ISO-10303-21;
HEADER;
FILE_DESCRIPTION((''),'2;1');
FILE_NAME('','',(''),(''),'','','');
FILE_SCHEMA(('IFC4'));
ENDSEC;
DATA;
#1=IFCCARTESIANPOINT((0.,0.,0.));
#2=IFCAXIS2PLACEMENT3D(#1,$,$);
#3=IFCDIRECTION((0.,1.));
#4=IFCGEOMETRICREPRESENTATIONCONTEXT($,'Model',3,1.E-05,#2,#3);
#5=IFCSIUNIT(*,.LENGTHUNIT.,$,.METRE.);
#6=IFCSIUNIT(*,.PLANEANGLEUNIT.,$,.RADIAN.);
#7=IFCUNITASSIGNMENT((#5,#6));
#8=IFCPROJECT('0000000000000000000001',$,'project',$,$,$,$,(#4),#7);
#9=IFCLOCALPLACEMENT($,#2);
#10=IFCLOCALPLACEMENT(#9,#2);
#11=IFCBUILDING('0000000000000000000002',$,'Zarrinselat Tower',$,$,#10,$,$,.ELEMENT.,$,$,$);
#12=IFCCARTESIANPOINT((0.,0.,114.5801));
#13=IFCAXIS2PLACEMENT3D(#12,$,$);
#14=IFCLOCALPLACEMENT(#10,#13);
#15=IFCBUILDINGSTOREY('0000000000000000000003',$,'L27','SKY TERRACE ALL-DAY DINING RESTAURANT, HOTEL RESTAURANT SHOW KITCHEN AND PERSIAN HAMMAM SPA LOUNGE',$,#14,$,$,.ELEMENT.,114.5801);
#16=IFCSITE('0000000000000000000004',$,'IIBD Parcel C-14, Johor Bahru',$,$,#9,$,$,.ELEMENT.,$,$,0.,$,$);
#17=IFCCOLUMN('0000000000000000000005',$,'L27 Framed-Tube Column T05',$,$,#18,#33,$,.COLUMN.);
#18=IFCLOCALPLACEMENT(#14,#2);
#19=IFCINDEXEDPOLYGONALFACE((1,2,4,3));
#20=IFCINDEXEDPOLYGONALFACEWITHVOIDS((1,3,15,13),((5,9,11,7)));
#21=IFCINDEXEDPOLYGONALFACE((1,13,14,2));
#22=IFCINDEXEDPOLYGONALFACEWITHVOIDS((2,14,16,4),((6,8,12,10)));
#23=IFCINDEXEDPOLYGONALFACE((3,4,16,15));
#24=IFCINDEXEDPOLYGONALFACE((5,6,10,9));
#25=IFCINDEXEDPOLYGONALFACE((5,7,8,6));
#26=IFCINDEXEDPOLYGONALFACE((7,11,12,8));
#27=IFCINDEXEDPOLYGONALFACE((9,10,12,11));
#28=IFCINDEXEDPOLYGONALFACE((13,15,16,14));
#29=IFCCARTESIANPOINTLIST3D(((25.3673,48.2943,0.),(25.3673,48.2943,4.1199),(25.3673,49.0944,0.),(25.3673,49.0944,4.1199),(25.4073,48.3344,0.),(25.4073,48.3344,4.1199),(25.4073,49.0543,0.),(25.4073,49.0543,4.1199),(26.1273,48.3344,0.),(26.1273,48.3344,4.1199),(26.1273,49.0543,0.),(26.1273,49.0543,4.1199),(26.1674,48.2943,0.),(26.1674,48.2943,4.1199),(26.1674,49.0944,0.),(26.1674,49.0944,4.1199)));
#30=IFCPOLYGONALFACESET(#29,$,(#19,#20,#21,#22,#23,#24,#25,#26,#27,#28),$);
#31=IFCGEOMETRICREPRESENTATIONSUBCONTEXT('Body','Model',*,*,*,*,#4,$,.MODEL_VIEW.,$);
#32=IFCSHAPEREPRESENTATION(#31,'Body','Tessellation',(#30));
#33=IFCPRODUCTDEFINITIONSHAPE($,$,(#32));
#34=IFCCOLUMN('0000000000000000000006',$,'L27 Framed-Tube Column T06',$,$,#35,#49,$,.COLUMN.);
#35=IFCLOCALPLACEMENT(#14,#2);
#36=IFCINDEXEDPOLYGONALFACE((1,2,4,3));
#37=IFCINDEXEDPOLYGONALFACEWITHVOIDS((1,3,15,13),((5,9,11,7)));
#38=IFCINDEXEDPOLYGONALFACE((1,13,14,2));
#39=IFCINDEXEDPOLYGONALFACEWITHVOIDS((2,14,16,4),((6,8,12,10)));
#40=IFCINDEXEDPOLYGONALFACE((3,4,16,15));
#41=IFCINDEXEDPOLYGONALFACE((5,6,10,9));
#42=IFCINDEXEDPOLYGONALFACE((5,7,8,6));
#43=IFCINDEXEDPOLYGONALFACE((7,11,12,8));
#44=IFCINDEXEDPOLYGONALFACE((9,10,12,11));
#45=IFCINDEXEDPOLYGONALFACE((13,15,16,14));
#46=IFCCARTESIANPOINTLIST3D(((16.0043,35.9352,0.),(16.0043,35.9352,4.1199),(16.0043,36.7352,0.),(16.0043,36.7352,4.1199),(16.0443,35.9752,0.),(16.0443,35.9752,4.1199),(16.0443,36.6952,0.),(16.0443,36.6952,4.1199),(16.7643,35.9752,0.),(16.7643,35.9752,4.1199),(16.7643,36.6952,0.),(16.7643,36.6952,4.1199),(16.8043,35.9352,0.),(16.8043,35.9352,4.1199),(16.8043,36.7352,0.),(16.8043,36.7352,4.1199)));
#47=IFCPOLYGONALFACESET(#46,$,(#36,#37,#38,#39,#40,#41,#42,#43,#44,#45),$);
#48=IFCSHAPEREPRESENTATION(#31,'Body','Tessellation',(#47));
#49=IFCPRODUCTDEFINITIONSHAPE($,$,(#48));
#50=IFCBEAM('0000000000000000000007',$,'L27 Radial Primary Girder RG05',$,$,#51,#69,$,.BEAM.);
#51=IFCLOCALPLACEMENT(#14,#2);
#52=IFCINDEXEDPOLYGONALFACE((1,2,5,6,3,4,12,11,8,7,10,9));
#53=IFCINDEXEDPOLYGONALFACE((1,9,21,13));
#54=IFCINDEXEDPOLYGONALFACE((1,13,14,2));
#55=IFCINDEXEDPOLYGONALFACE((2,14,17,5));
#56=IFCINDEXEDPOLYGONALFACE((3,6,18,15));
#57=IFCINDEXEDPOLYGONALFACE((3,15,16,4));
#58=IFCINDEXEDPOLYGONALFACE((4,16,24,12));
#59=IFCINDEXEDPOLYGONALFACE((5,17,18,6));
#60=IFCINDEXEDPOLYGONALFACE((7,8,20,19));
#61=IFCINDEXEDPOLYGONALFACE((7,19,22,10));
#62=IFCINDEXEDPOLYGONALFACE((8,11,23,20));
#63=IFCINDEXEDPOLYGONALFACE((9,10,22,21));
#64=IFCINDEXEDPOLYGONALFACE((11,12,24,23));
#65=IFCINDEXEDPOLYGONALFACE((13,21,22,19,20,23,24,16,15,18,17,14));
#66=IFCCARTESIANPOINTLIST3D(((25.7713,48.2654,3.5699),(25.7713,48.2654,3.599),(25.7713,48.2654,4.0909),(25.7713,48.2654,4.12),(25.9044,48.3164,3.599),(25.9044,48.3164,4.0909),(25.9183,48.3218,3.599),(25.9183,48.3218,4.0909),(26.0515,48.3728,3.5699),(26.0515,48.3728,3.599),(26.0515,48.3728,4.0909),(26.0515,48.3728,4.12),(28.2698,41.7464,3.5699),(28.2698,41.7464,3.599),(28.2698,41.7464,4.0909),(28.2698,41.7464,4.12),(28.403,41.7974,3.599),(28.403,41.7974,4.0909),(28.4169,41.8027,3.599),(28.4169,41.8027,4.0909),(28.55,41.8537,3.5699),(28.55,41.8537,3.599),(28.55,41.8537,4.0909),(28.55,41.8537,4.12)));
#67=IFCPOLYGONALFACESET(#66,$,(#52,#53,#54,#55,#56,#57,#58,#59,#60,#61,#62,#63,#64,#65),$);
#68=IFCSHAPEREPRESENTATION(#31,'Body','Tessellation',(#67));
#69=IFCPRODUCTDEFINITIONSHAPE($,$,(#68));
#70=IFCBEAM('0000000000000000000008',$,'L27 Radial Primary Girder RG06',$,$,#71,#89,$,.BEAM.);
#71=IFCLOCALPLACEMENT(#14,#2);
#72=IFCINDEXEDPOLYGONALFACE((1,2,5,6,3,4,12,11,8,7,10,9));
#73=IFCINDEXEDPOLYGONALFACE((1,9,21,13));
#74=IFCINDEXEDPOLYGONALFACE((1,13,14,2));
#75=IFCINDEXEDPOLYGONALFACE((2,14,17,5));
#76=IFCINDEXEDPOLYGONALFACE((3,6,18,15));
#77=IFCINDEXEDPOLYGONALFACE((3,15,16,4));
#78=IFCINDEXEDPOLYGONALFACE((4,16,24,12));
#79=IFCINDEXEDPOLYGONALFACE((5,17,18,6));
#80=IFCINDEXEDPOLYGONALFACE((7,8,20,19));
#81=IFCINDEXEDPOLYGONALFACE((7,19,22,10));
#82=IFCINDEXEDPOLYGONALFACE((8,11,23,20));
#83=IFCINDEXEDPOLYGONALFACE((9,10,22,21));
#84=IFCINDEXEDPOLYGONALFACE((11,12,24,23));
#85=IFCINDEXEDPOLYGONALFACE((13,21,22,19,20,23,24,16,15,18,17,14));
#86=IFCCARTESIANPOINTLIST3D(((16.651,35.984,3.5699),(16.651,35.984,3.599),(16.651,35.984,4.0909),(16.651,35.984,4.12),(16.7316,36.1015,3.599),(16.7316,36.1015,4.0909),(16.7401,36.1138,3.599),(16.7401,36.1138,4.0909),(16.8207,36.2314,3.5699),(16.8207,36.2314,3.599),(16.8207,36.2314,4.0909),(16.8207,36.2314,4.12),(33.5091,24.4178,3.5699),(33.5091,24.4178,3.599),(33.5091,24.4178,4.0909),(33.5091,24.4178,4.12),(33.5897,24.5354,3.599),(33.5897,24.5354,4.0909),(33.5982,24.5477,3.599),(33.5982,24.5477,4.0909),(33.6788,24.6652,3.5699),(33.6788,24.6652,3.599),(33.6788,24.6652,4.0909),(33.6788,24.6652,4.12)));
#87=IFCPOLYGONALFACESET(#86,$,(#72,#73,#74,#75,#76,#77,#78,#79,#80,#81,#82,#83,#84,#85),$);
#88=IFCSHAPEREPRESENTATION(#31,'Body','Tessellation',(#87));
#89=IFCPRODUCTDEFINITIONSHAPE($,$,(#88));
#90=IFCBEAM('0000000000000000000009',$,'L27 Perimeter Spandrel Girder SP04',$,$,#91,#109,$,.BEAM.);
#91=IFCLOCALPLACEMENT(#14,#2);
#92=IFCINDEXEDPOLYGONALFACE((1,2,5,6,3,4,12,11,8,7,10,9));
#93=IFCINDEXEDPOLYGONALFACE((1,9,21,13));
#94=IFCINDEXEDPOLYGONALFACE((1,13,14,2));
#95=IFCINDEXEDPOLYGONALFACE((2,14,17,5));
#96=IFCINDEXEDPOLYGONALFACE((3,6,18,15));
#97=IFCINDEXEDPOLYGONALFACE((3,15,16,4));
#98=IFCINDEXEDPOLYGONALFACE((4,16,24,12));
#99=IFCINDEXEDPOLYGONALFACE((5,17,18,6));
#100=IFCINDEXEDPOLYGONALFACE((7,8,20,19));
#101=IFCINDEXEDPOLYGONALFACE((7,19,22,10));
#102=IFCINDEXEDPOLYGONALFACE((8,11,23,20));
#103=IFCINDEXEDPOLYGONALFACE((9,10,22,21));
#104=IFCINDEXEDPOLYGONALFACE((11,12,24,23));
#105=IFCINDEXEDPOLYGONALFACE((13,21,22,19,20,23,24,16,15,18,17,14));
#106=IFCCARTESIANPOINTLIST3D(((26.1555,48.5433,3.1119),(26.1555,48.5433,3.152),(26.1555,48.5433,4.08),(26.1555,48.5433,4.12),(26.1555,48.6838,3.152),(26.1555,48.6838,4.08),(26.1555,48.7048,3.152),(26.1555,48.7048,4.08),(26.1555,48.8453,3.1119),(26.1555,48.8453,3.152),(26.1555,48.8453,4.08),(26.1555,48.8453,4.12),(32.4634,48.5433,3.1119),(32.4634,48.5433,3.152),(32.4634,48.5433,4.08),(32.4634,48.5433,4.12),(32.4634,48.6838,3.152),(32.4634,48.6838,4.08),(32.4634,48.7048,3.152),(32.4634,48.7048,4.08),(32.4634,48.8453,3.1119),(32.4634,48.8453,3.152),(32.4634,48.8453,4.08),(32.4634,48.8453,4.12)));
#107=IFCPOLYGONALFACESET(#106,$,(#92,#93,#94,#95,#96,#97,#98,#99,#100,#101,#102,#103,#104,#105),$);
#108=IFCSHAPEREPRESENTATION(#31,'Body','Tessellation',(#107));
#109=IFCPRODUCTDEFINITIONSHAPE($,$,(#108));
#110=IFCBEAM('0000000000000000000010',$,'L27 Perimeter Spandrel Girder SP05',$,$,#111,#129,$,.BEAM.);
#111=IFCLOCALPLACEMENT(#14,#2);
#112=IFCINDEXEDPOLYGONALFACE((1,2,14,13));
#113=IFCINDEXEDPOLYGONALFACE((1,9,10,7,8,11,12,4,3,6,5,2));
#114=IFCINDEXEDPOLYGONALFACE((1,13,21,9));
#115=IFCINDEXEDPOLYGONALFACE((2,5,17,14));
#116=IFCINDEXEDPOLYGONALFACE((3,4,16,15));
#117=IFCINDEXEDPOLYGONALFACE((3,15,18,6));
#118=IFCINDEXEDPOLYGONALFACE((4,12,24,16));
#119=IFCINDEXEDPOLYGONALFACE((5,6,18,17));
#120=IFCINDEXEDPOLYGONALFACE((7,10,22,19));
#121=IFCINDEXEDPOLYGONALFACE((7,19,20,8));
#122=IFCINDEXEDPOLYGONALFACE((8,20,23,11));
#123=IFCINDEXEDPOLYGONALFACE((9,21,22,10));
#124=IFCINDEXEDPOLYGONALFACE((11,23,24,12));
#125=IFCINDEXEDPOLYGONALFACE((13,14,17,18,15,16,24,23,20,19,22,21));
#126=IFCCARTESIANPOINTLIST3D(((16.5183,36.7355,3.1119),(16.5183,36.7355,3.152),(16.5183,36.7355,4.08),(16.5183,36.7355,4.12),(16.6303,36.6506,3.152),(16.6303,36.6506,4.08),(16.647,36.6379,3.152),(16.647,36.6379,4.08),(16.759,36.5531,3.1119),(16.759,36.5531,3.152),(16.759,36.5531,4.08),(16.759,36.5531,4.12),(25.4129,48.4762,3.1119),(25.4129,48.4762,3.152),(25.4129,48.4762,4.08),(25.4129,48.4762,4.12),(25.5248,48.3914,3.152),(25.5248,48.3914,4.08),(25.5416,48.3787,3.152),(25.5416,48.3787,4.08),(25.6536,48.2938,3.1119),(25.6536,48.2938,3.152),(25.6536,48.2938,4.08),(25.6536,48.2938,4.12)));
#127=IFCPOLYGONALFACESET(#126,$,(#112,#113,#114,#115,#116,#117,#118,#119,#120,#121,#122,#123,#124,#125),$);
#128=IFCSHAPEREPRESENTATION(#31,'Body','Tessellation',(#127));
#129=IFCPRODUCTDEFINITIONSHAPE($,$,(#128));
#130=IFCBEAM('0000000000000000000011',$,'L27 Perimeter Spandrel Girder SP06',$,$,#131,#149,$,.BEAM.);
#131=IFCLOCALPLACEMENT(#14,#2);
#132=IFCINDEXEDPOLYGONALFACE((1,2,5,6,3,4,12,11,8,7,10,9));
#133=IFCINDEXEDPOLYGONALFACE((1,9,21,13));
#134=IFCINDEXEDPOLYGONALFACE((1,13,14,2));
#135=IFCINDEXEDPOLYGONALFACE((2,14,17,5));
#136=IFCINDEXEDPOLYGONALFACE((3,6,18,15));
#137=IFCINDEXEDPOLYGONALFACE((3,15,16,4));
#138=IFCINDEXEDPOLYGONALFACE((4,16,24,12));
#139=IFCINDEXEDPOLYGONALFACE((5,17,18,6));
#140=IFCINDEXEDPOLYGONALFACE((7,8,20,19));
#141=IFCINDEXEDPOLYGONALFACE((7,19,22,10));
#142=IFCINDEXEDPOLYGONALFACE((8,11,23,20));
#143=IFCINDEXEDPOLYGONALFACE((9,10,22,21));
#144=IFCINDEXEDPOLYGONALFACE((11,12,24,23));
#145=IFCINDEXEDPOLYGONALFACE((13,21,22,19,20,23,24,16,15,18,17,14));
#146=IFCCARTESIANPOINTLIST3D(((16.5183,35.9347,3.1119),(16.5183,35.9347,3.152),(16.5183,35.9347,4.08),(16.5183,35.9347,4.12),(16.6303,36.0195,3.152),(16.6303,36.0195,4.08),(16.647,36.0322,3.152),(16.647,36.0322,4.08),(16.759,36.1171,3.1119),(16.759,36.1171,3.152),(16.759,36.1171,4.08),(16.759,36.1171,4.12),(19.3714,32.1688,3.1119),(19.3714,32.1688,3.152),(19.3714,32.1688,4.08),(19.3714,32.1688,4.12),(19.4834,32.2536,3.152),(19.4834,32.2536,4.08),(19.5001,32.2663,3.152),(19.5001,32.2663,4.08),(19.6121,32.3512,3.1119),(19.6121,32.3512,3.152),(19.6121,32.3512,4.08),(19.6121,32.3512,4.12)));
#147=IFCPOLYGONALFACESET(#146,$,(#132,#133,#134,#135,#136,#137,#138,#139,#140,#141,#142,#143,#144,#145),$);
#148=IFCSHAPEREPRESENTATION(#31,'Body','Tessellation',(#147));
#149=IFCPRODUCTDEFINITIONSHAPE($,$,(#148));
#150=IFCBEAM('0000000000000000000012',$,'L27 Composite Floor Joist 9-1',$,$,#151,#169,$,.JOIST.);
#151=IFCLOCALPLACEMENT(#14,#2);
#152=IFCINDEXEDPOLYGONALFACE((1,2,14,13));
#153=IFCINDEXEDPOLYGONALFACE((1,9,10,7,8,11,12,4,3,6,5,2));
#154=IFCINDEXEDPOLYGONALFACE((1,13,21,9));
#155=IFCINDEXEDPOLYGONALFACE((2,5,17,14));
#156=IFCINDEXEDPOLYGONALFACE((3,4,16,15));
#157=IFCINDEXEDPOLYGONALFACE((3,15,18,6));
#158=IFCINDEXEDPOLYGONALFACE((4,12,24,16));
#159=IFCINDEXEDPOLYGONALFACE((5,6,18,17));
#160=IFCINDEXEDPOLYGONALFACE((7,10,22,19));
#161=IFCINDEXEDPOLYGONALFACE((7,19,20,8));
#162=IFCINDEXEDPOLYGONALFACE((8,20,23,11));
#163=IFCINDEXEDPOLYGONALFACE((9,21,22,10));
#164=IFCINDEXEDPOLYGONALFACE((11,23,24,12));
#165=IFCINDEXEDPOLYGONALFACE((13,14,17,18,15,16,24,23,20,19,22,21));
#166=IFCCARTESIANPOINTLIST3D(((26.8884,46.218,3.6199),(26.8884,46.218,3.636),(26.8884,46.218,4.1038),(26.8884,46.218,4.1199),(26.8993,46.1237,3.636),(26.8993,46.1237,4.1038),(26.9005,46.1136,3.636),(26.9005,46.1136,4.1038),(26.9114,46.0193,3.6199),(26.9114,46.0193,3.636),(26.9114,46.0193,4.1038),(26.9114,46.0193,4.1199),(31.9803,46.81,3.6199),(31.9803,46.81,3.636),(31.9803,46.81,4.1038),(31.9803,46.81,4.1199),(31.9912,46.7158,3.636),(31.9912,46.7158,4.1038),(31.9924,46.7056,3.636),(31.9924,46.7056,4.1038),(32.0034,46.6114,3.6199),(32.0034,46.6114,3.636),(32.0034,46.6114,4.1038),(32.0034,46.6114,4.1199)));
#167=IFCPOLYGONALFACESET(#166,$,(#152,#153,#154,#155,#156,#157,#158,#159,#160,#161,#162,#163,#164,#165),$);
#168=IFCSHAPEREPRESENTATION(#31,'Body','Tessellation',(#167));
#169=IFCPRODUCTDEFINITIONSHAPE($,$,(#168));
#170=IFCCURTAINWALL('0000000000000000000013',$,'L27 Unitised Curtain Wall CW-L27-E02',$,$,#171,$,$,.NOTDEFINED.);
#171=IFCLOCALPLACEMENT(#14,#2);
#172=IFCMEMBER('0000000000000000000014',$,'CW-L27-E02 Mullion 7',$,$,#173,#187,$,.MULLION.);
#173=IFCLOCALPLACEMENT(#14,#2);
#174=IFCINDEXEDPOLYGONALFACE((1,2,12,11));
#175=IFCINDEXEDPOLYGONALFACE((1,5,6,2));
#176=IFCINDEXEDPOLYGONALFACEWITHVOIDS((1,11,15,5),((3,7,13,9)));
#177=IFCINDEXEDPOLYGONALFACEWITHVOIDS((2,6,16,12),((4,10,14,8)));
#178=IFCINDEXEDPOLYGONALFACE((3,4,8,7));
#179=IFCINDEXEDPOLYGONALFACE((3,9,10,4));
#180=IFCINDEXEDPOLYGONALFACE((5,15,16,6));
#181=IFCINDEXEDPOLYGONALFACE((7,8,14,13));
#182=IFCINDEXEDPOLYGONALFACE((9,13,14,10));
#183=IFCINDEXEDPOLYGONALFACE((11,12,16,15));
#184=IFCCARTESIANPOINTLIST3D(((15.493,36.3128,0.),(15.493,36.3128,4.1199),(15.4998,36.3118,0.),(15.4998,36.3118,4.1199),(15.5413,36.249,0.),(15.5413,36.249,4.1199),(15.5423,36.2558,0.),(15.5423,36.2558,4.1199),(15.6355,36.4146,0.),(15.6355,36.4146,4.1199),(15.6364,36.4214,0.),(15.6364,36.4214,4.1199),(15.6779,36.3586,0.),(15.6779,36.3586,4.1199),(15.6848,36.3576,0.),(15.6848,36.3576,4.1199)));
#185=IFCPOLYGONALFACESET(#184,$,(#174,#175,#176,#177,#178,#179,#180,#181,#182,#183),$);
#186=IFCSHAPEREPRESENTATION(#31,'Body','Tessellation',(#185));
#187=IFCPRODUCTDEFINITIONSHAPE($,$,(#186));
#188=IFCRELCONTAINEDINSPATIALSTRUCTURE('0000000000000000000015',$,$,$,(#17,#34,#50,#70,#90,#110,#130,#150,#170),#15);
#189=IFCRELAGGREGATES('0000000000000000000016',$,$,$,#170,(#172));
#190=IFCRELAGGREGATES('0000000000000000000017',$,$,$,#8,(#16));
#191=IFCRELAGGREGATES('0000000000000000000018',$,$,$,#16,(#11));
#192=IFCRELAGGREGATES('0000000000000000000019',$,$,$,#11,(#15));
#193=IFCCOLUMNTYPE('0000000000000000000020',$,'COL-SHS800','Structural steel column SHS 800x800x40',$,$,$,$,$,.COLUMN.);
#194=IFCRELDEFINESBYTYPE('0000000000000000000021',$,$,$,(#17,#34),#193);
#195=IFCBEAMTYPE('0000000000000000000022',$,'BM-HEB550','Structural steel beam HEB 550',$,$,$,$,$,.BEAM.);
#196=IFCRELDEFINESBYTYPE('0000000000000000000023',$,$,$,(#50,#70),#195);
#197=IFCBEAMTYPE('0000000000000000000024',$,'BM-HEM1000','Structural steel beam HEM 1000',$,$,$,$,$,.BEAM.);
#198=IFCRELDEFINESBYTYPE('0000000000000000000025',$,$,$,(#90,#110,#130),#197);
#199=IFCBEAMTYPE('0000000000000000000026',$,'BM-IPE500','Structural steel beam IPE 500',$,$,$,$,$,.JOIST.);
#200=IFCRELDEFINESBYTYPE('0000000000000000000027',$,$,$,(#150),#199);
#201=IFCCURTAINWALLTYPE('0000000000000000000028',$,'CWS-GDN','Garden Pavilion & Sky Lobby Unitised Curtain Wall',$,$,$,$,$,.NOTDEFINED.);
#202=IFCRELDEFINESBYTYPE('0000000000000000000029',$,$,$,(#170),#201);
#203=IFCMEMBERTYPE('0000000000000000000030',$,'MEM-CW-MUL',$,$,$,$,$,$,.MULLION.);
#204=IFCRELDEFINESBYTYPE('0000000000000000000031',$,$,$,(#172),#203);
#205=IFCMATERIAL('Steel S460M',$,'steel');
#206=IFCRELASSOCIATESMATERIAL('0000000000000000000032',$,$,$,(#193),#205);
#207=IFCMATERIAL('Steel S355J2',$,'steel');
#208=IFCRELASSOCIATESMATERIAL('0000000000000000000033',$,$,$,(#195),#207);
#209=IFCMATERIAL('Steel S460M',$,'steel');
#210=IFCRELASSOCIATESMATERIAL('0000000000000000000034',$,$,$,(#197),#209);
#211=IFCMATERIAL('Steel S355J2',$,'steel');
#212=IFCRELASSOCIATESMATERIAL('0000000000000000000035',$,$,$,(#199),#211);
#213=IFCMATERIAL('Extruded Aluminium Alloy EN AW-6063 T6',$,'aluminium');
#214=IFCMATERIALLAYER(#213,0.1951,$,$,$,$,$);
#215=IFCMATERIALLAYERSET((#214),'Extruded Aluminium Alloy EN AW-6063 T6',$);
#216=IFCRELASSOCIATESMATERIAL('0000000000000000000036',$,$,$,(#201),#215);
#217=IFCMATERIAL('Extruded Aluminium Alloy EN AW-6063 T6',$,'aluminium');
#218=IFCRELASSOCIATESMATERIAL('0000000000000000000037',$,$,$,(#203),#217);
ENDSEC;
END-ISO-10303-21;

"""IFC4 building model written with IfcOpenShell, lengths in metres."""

from ifc_helpers import new_model, si_unit, direction, frame, origin, origin_2d, place, context, subcontext, project, spatial, hollow_rectangle, i_section, extrude, material, layer, layer_set, material_profile, profile_set, type_object, element, aggregate, save


model = new_model("IFC4")

# Units and contexts
model_context = context("Model", 3, precision=1e-05, world=origin(), true_north=direction((0.0, 1.0)))
body_context = subcontext(model_context, "Body", "Model", "MODEL_VIEW")
ifc_project = project(units=[si_unit("LENGTHUNIT", "METRE"), si_unit("PLANEANGLEUNIT", "RADIAN")], contexts=[model_context])

# Site, building, storey
site_placement = place(None, origin())
site = spatial("IfcSite", under=ifc_project, at=site_placement, Name="IIBD Parcel C-14, Johor Bahru", CompositionType="ELEMENT", RefElevation=0.0)
building_placement = place(site_placement, origin())
building = spatial("IfcBuilding", under=site, at=building_placement, Name="Zarrinselat Tower", CompositionType="ELEMENT")
storey_placement = place(building_placement, frame((0.0, 0.0, 114.5801)))
storey = spatial("IfcBuildingStorey", under=building, at=storey_placement, Name="L27", Description="SKY TERRACE ALL-DAY DINING RESTAURANT, HOTEL RESTAURANT SHOW KITCHEN AND PERSIAN HAMMAM SPA LOUNGE", CompositionType="ELEMENT", Elevation=114.5801)

# Columns
ifc_material_1 = material(Name="Steel S460M", Category="steel")
ifc_material_profile_1 = material_profile(ifc_material_1, hollow_rectangle(XDim=0.8, YDim=0.8, WallThickness=0.04, at=origin_2d()), Name="SHS 800x800x40")
ifc_profile_set_1 = profile_set([ifc_material_profile_1], Name="Steel S460M")
column_type = type_object("IfcColumnType", Name="COL-SHS800", Description="Structural steel column SHS 800x800x40", PredefinedType="COLUMN", material=ifc_profile_set_1)
for number, where, z_axis, x_axis, name in (
    (1, (25.7673, 48.6943, 0.0), (0.0, 0.0, 1.0), (1.0, 0.0, 0.0), "L27 Framed-Tube Column T05"),
    (2, (16.4043, 36.3352, 0.0), (0.0, 0.0, 1.0), (1.0, 0.0, 0.0), "L27 Framed-Tube Column T06"),
):
    element("IfcColumn", number, at=place(storey_placement, frame(where, z_axis=z_axis, x_axis=x_axis)), inside=storey, type_object=column_type, Name=name, PredefinedType="COLUMN", context=body_context, shape_type="SweptSolid", body=[
        extrude(hollow_rectangle(XDim=0.8, YDim=0.8, WallThickness=0.04, at=origin_2d()), origin(), (0.0, 0.0, 1.0), 4.1199),
    ])

# Beams
ifc_material_2 = material(Name="Steel S355J2", Category="steel")
ifc_material_profile_2 = material_profile(ifc_material_2, i_section(OverallWidth=0.3, OverallDepth=0.55, WebThickness=0.0149, FlangeThickness=0.0291, at=origin_2d()), Name="HEB 550")
ifc_profile_set_2 = profile_set([ifc_material_profile_2], Name="Steel S355J2")
beam_type_1 = type_object("IfcBeamType", Name="BM-HEB550", Description="Structural steel beam HEB 550", PredefinedType="BEAM", material=ifc_profile_set_2)
beam_1_placement = place(storey_placement, frame((25.9114, 48.3191, 3.845), z_axis=(0.357882, -0.933767, 0.0), x_axis=(0.933767, 0.357882, 0.0)))
element("IfcBeam", 3, at=beam_1_placement, inside=storey, type_object=beam_type_1, Name="L27 Radial Primary Girder RG05", PredefinedType="BEAM", context=body_context, shape_type="SweptSolid", body=[
    extrude(i_section(OverallWidth=0.3, OverallDepth=0.55, WebThickness=0.0149, FlangeThickness=0.0291, at=origin_2d()), origin(), (0.0, 0.0, 1.0), 6.9814),
])
beam_2_placement = place(storey_placement, frame((16.7358, 36.1077, 3.845), z_axis=(0.824585, -0.565737, 0.0), x_axis=(0.565737, 0.824585, 0.0)))
element("IfcBeam", 4, at=beam_2_placement, inside=storey, type_object=beam_type_1, Name="L27 Radial Primary Girder RG06", PredefinedType="BEAM", context=body_context, shape_type="SweptSolid", body=[
    extrude(i_section(OverallWidth=0.3, OverallDepth=0.55, WebThickness=0.0149, FlangeThickness=0.0291, at=origin_2d()), origin(), (0.0, 0.0, 1.0), 20.4443),
])
ifc_material_3 = material(Name="Steel S460M", Category="steel")
ifc_material_profile_3 = material_profile(ifc_material_3, i_section(OverallWidth=0.302, OverallDepth=1.0081, WebThickness=0.021, FlangeThickness=0.04, at=origin_2d()), Name="HEM 1000")
ifc_profile_set_3 = profile_set([ifc_material_profile_3], Name="Steel S460M")
beam_type_2 = type_object("IfcBeamType", Name="BM-HEM1000", Description="Structural steel beam HEM 1000", PredefinedType="BEAM", material=ifc_profile_set_3)
beam_3_placement = place(storey_placement, frame((26.1555, 48.6943, 3.616), z_axis=(1.0, 0.0, 0.0), x_axis=(0.0, 1.0, 0.0)))
element("IfcBeam", 5, at=beam_3_placement, inside=storey, type_object=beam_type_2, Name="L27 Perimeter Spandrel Girder SP04", PredefinedType="BEAM", context=body_context, shape_type="SweptSolid", body=[
    extrude(i_section(OverallWidth=0.302, OverallDepth=1.0081, WebThickness=0.021, FlangeThickness=0.04, at=origin_2d()), origin(), (0.0, 0.0, 1.0), 6.3079),
])
beam_4_placement = place(storey_placement, frame((16.6387, 36.6443, 3.616), z_axis=(0.60386, 0.797091, 0.0), x_axis=(-0.797091, 0.60386, 0.0)))
element("IfcBeam", 6, at=beam_4_placement, inside=storey, type_object=beam_type_2, Name="L27 Perimeter Spandrel Girder SP05", PredefinedType="BEAM", context=body_context, shape_type="SweptSolid", body=[
    extrude(i_section(OverallWidth=0.302, OverallDepth=1.0081, WebThickness=0.021, FlangeThickness=0.04, at=origin_2d()), origin(), (0.0, 0.0, 1.0), 14.7295),
])
beam_5_placement = place(storey_placement, frame((16.6387, 36.0259, 3.616), z_axis=(0.603871, -0.797082, 0.0), x_axis=(0.797082, 0.603871, 0.0)))
element("IfcBeam", 7, at=beam_5_placement, inside=storey, type_object=beam_type_2, Name="L27 Perimeter Spandrel Girder SP06", PredefinedType="BEAM", context=body_context, shape_type="SweptSolid", body=[
    extrude(i_section(OverallWidth=0.302, OverallDepth=1.0081, WebThickness=0.021, FlangeThickness=0.04, at=origin_2d()), origin(), (0.0, 0.0, 1.0), 4.7246),
])
ifc_material_4 = material(Name="Steel S355J2", Category="steel")
ifc_material_profile_4 = material_profile(ifc_material_4, i_section(OverallWidth=0.2, OverallDepth=0.5, WebThickness=0.0103, FlangeThickness=0.0161, at=origin_2d()), Name="IPE 500")
ifc_profile_set_4 = profile_set([ifc_material_profile_4], Name="Steel S355J2")
beam_type_3 = type_object("IfcBeamType", Name="BM-IPE500", Description="Structural steel beam IPE 500", PredefinedType="JOIST", material=ifc_profile_set_4)
beam_6_placement = place(storey_placement, frame((26.8999, 46.1187, 3.8699), z_axis=(0.993308, 0.115495, 0.0), x_axis=(-0.115495, 0.993308, 0.0)))
element("IfcBeam", 8, at=beam_6_placement, inside=storey, type_object=beam_type_3, Name="L27 Composite Floor Joist 9-1", PredefinedType="JOIST", context=body_context, shape_type="SweptSolid", body=[
    extrude(i_section(OverallWidth=0.2, OverallDepth=0.5, WebThickness=0.0103, FlangeThickness=0.0161, at=origin_2d()), origin(), (0.0, 0.0, 1.0), 5.1262),
])

# Curtain wall, member
ifc_material_5 = material(Name="Extruded Aluminium Alloy EN AW-6063 T6", Category="aluminium")
ifc_layer_1 = layer(ifc_material_5, 0.1951)
ifc_layer_set_1 = layer_set([ifc_layer_1], Name="Extruded Aluminium Alloy EN AW-6063 T6")
curtain_wall_type = type_object("IfcCurtainWallType", Name="CWS-GDN", Description="Garden Pavilion & Sky Lobby Unitised Curtain Wall", PredefinedType="NOTDEFINED", material=ifc_layer_set_1)
curtain_wall_1_placement = place(storey_placement, origin())
curtain_wall_1 = element("IfcCurtainWall", 9, at=curtain_wall_1_placement, inside=storey, type_object=curtain_wall_type, Name="L27 Unitised Curtain Wall CW-L27-E02", PredefinedType="NOTDEFINED")
ifc_material_6 = material(Name="Extruded Aluminium Alloy EN AW-6063 T6", Category="aluminium")
ifc_material_profile_5 = material_profile(ifc_material_6, hollow_rectangle(XDim=0.0801, YDim=0.1799, WallThickness=0.0049, at=origin_2d()), Name="RHS 180x80x5")
ifc_profile_set_5 = profile_set([ifc_material_profile_5], Name="Extruded Aluminium Alloy EN AW-6063 T6")
member_type_1 = type_object("IfcMemberType", Name="MEM-CW-MUL", PredefinedType="MULLION", material=ifc_profile_set_5)
member_1_placement = place(storey_placement, frame((15.5889, 36.3352, 0.0), z_axis=(0.0, 0.0, 1.0), x_axis=(-0.603858, 0.797092, 0.0)))
member_1 = element("IfcMember", 10, at=member_1_placement, type_object=member_type_1, Name="CW-L27-E02 Mullion 7", PredefinedType="MULLION", context=body_context, shape_type="SweptSolid", body=[
    extrude(hollow_rectangle(XDim=0.0801, YDim=0.1799, WallThickness=0.0049, at=origin_2d()), origin(), (0.0, 0.0, 1.0), 4.1199),
])

aggregate(curtain_wall_1, [member_1])

save(model, "model.ifc")
